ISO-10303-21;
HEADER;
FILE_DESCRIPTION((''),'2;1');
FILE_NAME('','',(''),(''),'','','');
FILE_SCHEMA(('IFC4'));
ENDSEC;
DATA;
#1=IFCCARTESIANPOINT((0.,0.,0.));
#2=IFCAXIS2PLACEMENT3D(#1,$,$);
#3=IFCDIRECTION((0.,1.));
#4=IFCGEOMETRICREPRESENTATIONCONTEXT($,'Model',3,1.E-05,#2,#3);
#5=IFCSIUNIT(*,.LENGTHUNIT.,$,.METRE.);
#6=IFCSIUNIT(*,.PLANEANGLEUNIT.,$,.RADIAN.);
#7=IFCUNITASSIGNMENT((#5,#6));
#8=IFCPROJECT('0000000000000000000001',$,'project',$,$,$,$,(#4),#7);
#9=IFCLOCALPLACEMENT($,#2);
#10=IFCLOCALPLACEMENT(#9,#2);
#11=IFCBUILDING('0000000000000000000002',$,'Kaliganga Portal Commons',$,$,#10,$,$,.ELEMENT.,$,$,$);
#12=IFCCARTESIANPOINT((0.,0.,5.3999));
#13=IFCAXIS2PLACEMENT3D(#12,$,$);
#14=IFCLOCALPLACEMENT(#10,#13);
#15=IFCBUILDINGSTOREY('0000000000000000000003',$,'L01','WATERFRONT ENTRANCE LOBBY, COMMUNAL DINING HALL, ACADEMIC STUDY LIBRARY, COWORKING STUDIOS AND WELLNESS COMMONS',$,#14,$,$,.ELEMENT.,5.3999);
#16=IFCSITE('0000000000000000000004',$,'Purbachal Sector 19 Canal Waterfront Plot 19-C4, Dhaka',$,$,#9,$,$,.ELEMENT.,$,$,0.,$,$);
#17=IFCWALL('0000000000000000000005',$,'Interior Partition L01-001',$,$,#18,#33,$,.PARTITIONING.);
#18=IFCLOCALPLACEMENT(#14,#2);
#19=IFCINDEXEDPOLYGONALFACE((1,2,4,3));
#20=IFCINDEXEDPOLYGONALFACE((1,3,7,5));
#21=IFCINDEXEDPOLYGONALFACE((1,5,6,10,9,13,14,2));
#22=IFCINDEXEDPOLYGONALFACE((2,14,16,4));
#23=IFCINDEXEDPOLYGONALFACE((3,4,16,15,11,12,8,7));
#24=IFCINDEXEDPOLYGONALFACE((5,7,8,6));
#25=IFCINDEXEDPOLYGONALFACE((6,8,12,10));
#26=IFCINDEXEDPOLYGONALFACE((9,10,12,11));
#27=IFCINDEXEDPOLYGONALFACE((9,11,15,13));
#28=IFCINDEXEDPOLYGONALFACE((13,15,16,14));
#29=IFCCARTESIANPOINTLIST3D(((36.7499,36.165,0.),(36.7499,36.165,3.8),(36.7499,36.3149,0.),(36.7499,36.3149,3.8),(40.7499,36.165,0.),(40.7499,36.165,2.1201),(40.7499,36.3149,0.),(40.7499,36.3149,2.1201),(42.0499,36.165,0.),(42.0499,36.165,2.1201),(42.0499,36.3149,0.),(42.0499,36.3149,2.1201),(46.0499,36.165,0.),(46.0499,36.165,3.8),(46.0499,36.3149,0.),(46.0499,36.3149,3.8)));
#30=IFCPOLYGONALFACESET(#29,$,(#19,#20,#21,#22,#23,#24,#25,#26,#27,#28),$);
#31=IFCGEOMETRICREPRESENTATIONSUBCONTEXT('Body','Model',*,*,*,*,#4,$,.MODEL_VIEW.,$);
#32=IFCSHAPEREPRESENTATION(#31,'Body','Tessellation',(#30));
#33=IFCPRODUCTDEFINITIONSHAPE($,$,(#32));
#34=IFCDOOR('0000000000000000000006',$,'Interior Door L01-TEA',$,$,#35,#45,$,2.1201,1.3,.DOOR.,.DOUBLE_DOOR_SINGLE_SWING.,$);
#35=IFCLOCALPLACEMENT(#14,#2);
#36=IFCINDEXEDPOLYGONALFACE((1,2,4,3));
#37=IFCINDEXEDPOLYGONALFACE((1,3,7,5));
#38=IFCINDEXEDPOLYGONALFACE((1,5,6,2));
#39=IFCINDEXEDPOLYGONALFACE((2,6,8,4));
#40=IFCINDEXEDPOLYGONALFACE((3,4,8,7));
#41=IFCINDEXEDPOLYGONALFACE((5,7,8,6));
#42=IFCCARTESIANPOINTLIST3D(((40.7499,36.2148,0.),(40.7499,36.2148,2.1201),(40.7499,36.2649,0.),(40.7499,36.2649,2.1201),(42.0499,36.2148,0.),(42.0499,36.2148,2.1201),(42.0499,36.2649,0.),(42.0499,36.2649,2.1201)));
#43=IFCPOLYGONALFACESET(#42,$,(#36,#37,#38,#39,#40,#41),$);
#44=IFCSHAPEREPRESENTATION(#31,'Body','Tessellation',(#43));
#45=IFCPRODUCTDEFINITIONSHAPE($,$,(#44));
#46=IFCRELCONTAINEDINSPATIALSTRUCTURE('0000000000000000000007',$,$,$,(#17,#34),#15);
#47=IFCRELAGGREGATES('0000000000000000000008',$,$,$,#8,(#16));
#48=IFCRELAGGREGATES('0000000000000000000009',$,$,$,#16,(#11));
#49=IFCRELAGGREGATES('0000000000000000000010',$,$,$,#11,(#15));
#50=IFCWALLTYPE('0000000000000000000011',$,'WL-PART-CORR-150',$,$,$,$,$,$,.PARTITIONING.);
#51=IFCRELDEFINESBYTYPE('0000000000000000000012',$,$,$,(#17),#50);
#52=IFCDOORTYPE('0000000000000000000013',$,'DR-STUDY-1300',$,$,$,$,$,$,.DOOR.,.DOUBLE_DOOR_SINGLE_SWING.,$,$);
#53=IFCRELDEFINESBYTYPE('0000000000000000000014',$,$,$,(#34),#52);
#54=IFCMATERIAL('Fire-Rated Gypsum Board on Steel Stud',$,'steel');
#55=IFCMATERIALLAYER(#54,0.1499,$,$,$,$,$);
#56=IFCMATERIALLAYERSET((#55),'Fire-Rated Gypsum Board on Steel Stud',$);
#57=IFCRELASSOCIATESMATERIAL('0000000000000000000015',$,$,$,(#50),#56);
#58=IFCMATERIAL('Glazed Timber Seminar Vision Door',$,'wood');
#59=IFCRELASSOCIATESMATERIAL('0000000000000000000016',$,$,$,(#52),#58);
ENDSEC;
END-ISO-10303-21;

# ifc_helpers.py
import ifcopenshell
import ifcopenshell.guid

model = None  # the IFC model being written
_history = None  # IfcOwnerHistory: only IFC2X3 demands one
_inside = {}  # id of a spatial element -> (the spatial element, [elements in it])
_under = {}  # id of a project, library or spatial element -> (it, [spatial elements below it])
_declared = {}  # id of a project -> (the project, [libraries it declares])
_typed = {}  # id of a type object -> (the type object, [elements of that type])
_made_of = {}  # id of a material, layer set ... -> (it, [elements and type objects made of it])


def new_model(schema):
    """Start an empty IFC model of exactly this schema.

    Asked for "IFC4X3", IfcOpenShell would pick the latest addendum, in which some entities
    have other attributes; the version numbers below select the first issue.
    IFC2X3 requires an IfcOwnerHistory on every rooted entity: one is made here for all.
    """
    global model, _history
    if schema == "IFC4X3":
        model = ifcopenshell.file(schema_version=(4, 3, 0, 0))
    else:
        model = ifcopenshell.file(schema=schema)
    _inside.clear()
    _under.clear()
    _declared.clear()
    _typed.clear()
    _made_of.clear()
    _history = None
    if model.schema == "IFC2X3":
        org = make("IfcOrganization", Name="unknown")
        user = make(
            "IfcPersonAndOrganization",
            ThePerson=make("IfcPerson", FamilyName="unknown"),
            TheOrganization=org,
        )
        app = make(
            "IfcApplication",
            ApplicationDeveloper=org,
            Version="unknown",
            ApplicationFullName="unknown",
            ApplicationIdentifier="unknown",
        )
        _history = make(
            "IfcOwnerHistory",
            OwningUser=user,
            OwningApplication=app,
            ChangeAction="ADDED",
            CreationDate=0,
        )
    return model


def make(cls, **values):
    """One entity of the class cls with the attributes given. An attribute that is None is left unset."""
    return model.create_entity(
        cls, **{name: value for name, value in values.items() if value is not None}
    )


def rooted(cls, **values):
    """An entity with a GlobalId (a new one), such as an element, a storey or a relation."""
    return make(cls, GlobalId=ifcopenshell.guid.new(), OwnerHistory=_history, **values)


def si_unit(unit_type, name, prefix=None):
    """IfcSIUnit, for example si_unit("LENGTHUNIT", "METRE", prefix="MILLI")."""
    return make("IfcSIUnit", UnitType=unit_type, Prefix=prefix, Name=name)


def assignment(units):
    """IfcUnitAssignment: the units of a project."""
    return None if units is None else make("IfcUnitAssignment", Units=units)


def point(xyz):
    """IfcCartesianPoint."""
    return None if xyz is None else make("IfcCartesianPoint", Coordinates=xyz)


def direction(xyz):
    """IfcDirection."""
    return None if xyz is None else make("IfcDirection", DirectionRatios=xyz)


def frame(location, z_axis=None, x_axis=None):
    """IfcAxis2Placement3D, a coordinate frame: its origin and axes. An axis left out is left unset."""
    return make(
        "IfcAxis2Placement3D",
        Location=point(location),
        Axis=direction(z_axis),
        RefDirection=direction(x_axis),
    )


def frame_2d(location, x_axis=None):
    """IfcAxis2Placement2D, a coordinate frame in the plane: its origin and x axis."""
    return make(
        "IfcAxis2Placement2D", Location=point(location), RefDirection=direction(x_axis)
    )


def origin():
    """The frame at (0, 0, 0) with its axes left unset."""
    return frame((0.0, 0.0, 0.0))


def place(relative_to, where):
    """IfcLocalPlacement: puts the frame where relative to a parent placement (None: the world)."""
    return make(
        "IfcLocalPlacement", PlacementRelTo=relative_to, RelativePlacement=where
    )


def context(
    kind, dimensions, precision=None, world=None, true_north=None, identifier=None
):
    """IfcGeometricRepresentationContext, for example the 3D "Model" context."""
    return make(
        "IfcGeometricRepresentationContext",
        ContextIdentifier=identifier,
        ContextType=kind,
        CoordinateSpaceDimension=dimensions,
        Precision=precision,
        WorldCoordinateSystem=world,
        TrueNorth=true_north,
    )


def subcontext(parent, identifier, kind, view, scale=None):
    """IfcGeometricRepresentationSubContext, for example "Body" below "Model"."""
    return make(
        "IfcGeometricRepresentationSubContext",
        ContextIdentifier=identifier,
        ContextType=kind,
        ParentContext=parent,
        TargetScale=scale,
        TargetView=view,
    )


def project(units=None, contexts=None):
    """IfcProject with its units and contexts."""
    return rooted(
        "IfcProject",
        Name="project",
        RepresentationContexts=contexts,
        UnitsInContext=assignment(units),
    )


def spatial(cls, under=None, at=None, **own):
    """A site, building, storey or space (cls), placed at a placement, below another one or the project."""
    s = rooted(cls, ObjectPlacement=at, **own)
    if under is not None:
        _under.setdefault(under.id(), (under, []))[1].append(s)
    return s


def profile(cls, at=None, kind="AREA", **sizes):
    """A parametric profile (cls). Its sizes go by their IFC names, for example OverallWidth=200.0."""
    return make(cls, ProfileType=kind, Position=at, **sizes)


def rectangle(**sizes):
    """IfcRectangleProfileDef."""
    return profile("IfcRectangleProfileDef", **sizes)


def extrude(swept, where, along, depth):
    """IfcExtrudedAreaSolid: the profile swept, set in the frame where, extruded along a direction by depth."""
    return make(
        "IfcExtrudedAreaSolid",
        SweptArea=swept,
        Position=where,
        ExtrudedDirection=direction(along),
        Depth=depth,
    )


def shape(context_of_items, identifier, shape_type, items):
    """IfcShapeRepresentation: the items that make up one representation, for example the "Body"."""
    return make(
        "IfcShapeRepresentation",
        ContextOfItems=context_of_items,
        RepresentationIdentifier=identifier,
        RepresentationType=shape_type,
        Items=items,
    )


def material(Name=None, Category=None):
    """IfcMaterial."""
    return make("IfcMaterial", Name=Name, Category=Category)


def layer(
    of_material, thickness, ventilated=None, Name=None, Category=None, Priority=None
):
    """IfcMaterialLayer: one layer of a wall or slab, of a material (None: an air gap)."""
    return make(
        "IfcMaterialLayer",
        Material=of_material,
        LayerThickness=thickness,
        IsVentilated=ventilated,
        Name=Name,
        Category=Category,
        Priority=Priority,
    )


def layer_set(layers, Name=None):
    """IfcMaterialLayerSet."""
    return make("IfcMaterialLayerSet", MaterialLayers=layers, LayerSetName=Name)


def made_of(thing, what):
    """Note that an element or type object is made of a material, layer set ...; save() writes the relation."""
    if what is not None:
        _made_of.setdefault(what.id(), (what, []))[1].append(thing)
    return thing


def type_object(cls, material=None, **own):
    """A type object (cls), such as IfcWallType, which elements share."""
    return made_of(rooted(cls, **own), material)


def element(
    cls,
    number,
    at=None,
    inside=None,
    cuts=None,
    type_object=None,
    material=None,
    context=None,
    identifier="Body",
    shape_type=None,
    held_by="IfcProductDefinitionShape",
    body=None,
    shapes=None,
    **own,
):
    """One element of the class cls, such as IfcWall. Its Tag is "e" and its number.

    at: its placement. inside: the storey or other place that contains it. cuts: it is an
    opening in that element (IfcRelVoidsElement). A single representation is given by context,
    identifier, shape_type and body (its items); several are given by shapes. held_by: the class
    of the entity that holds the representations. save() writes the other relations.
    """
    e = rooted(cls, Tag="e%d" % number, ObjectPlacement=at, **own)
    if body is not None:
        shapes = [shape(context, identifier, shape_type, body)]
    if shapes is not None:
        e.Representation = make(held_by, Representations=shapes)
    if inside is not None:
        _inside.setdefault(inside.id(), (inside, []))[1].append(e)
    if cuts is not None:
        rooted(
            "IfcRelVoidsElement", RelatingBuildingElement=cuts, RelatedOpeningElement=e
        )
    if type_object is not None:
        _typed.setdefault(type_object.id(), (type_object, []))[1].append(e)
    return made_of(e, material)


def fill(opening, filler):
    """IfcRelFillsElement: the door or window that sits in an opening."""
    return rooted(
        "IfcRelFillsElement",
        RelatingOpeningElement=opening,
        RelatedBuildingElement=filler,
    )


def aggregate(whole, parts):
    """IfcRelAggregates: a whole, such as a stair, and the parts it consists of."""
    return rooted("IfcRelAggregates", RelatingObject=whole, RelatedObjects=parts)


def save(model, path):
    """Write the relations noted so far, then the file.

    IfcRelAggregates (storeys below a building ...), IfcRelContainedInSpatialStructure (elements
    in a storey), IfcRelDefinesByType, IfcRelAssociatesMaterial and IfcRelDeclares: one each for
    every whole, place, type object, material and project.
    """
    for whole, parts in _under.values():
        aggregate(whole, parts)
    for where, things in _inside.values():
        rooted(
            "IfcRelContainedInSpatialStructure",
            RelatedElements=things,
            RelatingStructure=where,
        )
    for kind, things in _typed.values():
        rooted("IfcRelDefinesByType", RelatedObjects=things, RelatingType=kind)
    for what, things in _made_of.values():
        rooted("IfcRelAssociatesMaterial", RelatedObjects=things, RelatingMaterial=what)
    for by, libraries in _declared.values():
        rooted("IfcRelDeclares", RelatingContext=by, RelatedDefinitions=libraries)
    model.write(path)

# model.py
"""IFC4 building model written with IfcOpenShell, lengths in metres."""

from ifc_helpers import new_model, si_unit, direction, frame, frame_2d, origin, place, context, subcontext, project, spatial, rectangle, extrude, material, layer, layer_set, type_object, element, fill, save


model = new_model("IFC4")

# Units and contexts
model_context = context("Model", 3, precision=1e-05, world=origin(), true_north=direction((0.0, 1.0)))
body_context = subcontext(model_context, "Body", "Model", "MODEL_VIEW")
ifc_project = project(units=[si_unit("LENGTHUNIT", "METRE"), si_unit("PLANEANGLEUNIT", "RADIAN")], contexts=[model_context])

# Site, building, storey
site_placement = place(None, origin())
site = spatial("IfcSite", under=ifc_project, at=site_placement, Name="Purbachal Sector 19 Canal Waterfront Plot 19-C4, Dhaka", CompositionType="ELEMENT", RefElevation=0.0)
building_placement = place(site_placement, origin())
building = spatial("IfcBuilding", under=site, at=building_placement, Name="Kaliganga Portal Commons", CompositionType="ELEMENT")
storey_placement = place(building_placement, frame((0.0, 0.0, 5.3999)))
storey = spatial("IfcBuildingStorey", under=building, at=storey_placement, Name="L01", Description="WATERFRONT ENTRANCE LOBBY, COMMUNAL DINING HALL, ACADEMIC STUDY LIBRARY, COWORKING STUDIOS AND WELLNESS COMMONS", CompositionType="ELEMENT", Elevation=5.3999)

# Wall, opening, door
ifc_material_1 = material(Name="Fire-Rated Gypsum Board on Steel Stud", Category="steel")
ifc_layer_1 = layer(ifc_material_1, 0.1499)
ifc_layer_set_1 = layer_set([ifc_layer_1], Name="Fire-Rated Gypsum Board on Steel Stud")
wall_type = type_object("IfcWallType", Name="WL-PART-CORR-150", PredefinedType="PARTITIONING", material=ifc_layer_set_1)
wall_placement = place(storey_placement, frame((36.75, 36.24, 0.0), z_axis=(0.0, 0.0, 1.0), x_axis=(1.0, 0.0, 0.0)))
wall = element("IfcWall", 1, at=wall_placement, inside=storey, type_object=wall_type, Name="Interior Partition L01-001", PredefinedType="PARTITIONING", context=body_context, shape_type="SweptSolid", body=[
    extrude(rectangle(XDim=9.3, YDim=0.1499, at=frame_2d((4.6499, 0.0))), origin(), (0.0, 0.0, 1.0), 3.8),
])
opening_placement = place(wall_placement, frame((4.0, 0.0, 0.0)))
opening = element("IfcOpeningElement", 2, at=opening_placement, cuts=wall, PredefinedType="OPENING", context=body_context, shape_type="SweptSolid", body=[
    extrude(rectangle(XDim=1.3, YDim=2.1201, at=frame_2d((0.6499, 1.0601))), frame((0.0, 0.085, 0.0), z_axis=(0.0, -1.0, 0.0), x_axis=(1.0, 0.0, 0.0)), (0.0, 0.0, 1.0), 0.1699),
])
ifc_material_2 = material(Name="Glazed Timber Seminar Vision Door", Category="wood")
door_type = type_object("IfcDoorType", Name="DR-STUDY-1300", OperationType="DOUBLE_DOOR_SINGLE_SWING", PredefinedType="DOOR", material=ifc_material_2)
door_placement = place(opening_placement, origin())
door = element("IfcDoor", 3, at=door_placement, inside=storey, type_object=door_type, Name="Interior Door L01-TEA", OperationType="DOUBLE_DOOR_SINGLE_SWING", OverallHeight=2.1201, OverallWidth=1.3, PredefinedType="DOOR", context=body_context, shape_type="SweptSolid", body=[
    extrude(rectangle(XDim=1.3, YDim=2.1201, at=frame_2d((0.6499, 1.0601))), frame((0.0, 0.0249, 0.0), z_axis=(0.0, -1.0, 0.0), x_axis=(1.0, 0.0, 0.0)), (0.0, 0.0, 1.0), 0.05),
])
fill(opening, door)

save(model, "model.ifc")
